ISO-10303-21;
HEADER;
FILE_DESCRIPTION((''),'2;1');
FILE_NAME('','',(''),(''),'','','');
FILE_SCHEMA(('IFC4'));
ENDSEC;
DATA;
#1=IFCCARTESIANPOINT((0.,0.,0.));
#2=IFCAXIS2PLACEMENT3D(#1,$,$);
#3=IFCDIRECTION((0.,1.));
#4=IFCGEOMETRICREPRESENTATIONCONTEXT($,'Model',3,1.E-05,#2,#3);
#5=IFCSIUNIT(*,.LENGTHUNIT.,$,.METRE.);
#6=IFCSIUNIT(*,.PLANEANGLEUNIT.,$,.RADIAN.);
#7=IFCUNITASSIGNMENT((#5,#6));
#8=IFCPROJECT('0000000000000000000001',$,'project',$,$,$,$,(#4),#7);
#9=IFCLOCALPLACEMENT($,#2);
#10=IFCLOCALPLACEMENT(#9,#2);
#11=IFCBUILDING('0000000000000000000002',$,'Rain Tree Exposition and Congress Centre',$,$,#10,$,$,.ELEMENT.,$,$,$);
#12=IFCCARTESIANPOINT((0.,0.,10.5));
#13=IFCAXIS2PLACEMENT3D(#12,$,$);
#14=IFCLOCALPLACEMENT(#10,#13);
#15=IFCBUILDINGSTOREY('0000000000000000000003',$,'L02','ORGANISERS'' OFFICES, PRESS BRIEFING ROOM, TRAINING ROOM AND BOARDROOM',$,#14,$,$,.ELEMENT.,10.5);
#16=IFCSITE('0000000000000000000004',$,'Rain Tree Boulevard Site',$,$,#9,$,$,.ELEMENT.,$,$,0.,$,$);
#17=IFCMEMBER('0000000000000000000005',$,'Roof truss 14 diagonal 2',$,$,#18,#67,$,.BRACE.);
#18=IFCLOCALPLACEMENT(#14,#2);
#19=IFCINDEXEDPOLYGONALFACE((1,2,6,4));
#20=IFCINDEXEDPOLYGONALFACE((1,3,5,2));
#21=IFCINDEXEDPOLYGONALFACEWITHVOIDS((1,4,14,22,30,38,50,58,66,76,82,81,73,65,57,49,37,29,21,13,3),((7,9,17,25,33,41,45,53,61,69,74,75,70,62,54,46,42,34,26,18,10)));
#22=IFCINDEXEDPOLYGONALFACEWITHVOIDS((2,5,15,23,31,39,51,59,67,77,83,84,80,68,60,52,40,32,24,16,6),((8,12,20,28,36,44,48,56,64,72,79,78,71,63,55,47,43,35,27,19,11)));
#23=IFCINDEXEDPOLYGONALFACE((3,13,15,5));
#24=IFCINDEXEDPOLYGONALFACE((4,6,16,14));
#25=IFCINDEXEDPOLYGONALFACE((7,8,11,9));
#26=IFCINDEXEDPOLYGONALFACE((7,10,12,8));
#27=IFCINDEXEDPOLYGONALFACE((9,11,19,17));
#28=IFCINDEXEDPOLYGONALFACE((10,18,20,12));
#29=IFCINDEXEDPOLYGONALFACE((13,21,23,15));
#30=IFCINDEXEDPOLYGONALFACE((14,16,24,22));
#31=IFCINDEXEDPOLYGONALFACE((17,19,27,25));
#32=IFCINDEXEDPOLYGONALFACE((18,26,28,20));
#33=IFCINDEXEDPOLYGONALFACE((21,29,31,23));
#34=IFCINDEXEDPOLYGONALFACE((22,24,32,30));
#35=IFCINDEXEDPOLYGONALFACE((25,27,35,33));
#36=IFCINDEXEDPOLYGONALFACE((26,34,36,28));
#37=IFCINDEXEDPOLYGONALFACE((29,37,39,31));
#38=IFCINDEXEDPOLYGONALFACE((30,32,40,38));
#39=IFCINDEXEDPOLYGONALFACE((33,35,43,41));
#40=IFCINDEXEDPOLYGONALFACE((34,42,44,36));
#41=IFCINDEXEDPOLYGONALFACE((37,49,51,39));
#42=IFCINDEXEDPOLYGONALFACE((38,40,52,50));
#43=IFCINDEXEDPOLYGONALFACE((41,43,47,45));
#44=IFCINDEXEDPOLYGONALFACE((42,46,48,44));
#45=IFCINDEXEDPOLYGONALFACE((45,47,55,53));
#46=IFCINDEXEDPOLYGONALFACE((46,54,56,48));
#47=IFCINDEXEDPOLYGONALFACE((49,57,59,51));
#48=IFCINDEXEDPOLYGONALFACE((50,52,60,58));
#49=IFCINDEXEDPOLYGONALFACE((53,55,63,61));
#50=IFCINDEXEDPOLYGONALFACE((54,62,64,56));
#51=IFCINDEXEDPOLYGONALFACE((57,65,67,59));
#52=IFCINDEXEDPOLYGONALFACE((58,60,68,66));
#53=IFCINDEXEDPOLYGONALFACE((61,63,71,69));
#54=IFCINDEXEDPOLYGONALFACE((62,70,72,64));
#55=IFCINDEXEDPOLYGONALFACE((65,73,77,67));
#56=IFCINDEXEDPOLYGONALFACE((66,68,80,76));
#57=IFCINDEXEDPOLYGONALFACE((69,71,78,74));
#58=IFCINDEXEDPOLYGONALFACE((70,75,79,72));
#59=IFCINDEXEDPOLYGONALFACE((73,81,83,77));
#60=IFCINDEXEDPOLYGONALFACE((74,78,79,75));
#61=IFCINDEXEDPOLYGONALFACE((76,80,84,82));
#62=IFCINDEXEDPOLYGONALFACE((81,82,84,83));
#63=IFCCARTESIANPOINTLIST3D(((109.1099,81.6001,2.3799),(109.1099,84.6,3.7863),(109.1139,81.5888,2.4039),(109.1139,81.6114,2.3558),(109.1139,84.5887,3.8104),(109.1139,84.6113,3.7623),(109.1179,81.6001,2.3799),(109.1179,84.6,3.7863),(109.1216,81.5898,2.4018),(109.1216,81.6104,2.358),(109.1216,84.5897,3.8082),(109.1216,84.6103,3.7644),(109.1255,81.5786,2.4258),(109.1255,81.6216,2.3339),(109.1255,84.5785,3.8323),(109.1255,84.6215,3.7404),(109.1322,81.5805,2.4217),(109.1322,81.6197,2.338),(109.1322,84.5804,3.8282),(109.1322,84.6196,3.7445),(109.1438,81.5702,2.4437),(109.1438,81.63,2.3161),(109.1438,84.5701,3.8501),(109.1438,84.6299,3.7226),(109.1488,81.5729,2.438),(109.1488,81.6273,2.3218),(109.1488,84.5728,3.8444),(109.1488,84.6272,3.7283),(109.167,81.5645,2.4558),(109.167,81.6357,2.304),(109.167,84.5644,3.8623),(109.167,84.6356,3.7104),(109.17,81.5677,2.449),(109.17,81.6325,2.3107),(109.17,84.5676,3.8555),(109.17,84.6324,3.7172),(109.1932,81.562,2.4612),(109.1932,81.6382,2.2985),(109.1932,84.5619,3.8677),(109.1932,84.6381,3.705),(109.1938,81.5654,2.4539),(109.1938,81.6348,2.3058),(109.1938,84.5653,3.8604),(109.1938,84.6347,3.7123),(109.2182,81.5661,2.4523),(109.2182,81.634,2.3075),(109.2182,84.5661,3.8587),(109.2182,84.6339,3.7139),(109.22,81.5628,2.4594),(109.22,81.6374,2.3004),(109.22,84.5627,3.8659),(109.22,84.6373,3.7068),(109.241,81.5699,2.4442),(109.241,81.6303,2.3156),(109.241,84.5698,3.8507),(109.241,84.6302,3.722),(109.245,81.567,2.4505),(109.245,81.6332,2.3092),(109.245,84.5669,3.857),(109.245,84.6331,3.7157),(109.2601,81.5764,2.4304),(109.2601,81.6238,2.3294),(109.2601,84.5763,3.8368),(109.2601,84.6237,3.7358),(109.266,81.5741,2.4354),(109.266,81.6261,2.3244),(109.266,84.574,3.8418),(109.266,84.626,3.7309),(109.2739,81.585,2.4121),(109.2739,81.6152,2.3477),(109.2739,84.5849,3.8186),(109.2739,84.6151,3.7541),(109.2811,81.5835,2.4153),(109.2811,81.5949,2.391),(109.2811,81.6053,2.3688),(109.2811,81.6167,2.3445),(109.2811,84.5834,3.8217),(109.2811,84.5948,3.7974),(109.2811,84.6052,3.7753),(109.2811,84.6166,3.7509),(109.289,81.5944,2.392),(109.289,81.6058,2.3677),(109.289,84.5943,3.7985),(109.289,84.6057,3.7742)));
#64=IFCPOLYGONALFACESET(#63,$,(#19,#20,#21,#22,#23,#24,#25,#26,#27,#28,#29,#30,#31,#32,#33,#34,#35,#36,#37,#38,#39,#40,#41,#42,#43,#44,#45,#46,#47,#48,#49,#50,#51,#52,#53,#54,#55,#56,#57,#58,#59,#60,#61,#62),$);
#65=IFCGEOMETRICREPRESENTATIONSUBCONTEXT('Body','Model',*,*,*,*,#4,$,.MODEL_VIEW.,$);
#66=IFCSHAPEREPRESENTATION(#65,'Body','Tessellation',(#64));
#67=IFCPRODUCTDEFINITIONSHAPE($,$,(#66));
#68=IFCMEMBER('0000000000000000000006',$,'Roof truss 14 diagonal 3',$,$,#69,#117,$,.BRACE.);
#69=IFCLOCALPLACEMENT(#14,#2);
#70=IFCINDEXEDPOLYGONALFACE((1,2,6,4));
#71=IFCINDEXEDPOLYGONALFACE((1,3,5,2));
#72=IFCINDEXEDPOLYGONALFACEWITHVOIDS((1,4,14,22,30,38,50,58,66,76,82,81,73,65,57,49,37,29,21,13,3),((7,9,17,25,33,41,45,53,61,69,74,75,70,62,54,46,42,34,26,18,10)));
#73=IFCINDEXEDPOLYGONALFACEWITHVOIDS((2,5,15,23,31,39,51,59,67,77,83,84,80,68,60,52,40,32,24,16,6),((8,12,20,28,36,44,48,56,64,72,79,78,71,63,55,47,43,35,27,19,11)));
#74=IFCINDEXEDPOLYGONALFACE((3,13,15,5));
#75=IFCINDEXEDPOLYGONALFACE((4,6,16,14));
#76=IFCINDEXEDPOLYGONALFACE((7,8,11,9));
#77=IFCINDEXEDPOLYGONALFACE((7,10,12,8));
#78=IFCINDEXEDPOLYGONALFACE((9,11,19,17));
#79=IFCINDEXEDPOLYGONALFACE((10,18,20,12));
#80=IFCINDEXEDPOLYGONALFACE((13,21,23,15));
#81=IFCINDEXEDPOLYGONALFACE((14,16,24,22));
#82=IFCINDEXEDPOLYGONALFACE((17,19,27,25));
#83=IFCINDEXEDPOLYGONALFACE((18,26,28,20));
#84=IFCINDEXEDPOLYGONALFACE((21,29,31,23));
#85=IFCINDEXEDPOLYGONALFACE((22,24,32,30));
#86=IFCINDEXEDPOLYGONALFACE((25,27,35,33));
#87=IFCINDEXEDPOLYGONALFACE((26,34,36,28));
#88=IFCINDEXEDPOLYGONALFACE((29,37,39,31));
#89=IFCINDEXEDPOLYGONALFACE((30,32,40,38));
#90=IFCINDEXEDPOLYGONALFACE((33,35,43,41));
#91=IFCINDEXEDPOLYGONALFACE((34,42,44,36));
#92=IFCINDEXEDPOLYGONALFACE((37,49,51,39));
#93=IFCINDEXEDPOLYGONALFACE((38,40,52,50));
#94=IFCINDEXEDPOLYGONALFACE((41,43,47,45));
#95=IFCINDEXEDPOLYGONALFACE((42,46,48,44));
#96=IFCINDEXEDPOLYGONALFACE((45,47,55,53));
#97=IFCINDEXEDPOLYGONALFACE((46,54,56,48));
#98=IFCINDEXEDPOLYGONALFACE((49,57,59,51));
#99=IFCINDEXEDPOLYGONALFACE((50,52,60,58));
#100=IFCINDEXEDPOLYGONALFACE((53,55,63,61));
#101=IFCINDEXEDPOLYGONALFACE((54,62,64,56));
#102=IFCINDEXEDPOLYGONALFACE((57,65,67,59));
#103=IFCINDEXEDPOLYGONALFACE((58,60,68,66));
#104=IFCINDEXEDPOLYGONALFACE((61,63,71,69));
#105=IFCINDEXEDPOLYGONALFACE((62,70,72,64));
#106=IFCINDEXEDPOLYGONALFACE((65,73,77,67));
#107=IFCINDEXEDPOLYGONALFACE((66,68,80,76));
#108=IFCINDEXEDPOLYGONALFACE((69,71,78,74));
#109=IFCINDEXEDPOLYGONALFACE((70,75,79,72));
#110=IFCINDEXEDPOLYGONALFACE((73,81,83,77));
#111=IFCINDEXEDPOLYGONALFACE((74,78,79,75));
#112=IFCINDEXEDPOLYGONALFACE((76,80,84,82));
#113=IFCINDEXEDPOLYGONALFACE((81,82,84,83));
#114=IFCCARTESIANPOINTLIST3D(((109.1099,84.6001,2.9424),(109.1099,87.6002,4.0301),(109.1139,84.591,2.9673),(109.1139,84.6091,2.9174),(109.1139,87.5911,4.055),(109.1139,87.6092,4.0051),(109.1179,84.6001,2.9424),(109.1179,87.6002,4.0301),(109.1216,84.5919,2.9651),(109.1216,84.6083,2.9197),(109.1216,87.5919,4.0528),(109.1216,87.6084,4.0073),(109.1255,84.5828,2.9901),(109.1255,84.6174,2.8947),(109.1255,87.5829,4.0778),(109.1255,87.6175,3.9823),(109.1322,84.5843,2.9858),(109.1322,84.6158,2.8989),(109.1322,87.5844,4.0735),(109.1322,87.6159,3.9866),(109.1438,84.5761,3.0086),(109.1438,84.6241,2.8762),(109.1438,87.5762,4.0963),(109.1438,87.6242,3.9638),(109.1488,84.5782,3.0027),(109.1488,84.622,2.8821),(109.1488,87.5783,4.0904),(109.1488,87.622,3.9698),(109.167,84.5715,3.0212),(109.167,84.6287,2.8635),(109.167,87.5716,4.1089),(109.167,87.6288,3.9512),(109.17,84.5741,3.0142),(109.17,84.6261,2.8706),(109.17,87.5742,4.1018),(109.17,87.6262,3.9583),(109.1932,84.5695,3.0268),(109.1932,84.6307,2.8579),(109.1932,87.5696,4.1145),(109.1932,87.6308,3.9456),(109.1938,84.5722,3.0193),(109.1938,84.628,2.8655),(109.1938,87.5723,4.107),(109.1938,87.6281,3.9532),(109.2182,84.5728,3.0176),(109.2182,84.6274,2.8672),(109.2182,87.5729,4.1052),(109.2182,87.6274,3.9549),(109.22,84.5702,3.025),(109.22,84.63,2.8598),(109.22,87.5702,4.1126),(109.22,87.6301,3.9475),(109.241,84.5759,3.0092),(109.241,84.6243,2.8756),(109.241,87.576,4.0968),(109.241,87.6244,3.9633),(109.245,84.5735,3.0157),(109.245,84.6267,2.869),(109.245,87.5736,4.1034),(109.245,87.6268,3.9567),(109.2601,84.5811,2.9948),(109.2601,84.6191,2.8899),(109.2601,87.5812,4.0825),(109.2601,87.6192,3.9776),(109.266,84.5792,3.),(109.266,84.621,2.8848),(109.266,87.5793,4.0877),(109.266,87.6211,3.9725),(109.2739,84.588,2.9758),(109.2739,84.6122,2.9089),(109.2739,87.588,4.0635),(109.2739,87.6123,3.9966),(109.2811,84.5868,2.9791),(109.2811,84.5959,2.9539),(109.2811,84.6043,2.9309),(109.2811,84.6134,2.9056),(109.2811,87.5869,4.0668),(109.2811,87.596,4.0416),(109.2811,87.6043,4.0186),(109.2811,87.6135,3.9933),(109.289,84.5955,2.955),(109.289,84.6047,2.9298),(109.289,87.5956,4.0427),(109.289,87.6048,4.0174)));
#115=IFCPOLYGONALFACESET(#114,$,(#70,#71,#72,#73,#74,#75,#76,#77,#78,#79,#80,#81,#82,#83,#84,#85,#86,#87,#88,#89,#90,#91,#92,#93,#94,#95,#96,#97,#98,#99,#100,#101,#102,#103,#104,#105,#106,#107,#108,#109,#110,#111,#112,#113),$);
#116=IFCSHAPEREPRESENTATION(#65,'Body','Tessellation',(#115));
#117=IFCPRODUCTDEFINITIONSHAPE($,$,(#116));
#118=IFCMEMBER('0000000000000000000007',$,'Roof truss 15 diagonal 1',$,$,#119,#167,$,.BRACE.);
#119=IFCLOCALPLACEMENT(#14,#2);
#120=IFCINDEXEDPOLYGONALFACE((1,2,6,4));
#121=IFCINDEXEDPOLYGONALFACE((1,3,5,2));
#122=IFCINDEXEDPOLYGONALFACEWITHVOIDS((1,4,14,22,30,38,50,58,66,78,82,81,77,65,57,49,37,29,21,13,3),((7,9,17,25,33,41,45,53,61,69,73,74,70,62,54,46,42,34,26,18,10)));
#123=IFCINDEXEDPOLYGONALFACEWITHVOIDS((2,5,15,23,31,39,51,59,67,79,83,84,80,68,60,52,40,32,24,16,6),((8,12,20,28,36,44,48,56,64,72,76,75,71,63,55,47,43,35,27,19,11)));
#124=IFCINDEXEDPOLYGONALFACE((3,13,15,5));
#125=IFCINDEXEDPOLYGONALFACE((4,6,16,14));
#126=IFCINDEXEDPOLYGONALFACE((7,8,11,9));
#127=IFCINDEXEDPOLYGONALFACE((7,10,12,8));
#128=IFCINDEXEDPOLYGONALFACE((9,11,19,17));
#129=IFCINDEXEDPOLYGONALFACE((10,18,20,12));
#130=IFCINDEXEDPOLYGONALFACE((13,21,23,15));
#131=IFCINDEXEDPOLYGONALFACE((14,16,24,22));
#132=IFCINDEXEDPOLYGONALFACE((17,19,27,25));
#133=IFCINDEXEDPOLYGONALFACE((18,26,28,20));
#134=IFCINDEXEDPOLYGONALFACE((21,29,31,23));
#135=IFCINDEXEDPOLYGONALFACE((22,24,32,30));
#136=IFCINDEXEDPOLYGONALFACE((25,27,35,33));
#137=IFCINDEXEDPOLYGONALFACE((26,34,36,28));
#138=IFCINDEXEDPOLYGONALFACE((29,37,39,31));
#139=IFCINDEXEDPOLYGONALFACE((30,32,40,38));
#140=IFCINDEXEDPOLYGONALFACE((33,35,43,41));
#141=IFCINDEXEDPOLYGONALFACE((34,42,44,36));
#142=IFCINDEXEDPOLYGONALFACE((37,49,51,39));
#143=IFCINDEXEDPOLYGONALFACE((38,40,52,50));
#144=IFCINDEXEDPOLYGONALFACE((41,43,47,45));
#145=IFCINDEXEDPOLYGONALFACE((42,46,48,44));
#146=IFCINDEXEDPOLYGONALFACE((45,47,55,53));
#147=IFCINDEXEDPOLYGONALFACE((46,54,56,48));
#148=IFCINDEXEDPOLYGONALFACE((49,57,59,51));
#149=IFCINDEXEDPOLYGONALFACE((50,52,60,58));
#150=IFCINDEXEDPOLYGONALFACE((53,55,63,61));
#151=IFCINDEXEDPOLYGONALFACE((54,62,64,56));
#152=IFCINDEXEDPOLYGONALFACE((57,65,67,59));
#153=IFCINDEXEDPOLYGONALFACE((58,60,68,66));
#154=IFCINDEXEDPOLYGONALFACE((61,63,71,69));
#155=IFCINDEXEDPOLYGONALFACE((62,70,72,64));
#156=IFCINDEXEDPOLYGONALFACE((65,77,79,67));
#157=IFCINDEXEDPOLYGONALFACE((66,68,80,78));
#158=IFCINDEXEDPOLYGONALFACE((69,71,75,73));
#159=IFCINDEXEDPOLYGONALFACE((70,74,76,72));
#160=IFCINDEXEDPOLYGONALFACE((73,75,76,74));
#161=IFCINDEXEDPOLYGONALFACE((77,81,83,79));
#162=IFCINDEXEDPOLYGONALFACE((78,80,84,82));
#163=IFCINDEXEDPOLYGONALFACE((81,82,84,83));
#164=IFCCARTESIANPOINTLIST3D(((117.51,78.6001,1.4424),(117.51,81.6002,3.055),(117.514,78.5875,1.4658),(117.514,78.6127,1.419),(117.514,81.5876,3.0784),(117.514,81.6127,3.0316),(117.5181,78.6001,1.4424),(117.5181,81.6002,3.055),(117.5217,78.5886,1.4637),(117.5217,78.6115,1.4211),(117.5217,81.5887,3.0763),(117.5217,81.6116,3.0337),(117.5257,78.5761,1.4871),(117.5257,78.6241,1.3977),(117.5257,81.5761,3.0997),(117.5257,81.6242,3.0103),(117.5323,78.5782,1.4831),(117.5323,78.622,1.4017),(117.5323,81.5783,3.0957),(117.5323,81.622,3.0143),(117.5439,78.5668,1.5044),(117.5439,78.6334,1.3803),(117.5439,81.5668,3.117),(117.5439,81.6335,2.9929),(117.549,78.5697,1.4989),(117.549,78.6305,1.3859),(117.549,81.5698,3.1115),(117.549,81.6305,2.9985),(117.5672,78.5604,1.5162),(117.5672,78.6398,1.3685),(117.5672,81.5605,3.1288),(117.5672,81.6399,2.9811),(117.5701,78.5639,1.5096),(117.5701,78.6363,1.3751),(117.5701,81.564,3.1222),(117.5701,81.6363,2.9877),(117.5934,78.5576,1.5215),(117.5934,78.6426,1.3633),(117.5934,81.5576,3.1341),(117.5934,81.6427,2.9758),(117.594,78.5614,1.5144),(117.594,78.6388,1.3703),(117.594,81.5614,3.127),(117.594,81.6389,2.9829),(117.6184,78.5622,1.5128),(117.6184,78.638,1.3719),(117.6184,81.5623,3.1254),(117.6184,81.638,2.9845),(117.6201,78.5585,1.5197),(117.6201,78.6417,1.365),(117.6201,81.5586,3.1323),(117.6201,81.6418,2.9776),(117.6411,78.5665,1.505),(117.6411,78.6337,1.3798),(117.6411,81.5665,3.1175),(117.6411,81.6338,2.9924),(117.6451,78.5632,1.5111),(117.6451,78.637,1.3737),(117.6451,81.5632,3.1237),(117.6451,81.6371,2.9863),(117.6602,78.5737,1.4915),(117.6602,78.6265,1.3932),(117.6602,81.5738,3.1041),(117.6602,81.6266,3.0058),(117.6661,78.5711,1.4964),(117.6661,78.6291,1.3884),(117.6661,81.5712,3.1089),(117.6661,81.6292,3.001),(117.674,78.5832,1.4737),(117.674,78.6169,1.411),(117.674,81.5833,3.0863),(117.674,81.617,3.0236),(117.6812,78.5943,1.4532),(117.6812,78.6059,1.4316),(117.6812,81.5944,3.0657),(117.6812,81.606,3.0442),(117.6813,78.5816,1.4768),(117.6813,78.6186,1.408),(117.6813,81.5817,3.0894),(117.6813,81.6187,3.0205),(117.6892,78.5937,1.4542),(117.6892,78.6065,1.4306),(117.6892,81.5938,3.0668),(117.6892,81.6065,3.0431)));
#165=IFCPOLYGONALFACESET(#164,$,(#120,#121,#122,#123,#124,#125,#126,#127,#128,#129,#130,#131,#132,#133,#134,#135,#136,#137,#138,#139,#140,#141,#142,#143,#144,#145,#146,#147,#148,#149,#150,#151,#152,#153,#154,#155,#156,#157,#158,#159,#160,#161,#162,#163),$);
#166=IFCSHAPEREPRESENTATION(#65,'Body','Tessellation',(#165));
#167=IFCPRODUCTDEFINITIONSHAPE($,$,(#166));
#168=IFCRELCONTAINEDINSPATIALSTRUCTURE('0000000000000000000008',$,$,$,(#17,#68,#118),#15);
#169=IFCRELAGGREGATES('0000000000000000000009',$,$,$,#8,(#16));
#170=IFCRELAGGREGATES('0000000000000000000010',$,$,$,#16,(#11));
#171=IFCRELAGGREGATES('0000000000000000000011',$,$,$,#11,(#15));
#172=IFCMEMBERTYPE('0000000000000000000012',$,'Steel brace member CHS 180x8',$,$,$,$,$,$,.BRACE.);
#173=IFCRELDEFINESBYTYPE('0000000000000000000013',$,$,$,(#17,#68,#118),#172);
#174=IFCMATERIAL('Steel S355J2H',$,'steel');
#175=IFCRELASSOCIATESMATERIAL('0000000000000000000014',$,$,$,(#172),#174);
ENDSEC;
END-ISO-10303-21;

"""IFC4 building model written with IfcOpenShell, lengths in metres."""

from ifc_helpers import new_model, si_unit, direction, frame, origin, origin_2d, place, context, subcontext, project, spatial, hollow_circle, extrude, material, material_profile, profile_set, type_object, element, save


model = new_model("IFC4")

# Units and contexts
model_context = context("Model", 3, precision=1e-05, world=origin(), true_north=direction((0.0, 1.0)))
body_context = subcontext(model_context, "Body", "Model", "MODEL_VIEW")
ifc_project = project(units=[si_unit("LENGTHUNIT", "METRE"), si_unit("PLANEANGLEUNIT", "RADIAN")], contexts=[model_context])

# Site, building, storey
site_placement = place(None, origin())
site = spatial("IfcSite", under=ifc_project, at=site_placement, Name="Rain Tree Boulevard Site", CompositionType="ELEMENT", RefElevation=0.0)
building_placement = place(site_placement, origin())
building = spatial("IfcBuilding", under=site, at=building_placement, Name="Rain Tree Exposition and Congress Centre", CompositionType="ELEMENT")
storey_placement = place(building_placement, frame((0.0, 0.0, 10.5)))
storey = spatial("IfcBuildingStorey", under=building, at=storey_placement, Name="L02", Description="ORGANISERS' OFFICES, PRESS BRIEFING ROOM, TRAINING ROOM AND BOARDROOM", CompositionType="ELEMENT", Elevation=10.5)

# Members
ifc_material_1 = material(Name="Steel S355J2H", Category="steel")
ifc_material_profile_1 = material_profile(ifc_material_1, hollow_circle(Radius=0.0901, WallThickness=0.0081, at=origin_2d()), Name="CHS 180x8")
ifc_profile_set_1 = profile_set([ifc_material_profile_1], Name="Steel S355J2H")
member_type_1 = type_object("IfcMemberType", Name="Steel brace member CHS 180x8", PredefinedType="BRACE", material=ifc_profile_set_1)
member_1_placement = place(storey_placement, frame((109.2, 81.6001, 2.3799), z_axis=(0.0, 0.905431, 0.424494), x_axis=(-1.0, 0.0, 0.0)))
element("IfcMember", 1, at=member_1_placement, inside=storey, type_object=member_type_1, Name="Roof truss 14 diagonal 2", PredefinedType="BRACE", context=body_context, shape_type="SweptSolid", body=[
    extrude(hollow_circle(Radius=0.0901, WallThickness=0.0081, at=origin_2d()), origin(), (0.0, 0.0, 1.0), 3.3132),
])
member_2_placement = place(storey_placement, frame((109.2, 84.6001, 2.9424), z_axis=(0.0, 0.940121, 0.34084), x_axis=(-1.0, 0.0, 0.0)))
element("IfcMember", 2, at=member_2_placement, inside=storey, type_object=member_type_1, Name="Roof truss 14 diagonal 3", PredefinedType="BRACE", context=body_context, shape_type="SweptSolid", body=[
    extrude(hollow_circle(Radius=0.0901, WallThickness=0.0081, at=origin_2d()), origin(), (0.0, 0.0, 1.0), 3.1912),
])
member_3_placement = place(storey_placement, frame((117.6001, 78.6001, 1.4424), z_axis=(0.0, 0.880818, 0.473454), x_axis=(-1.0, 0.0, 0.0)))
element("IfcMember", 3, at=member_3_placement, inside=storey, type_object=member_type_1, Name="Roof truss 15 diagonal 1", PredefinedType="BRACE", context=body_context, shape_type="SweptSolid", body=[
    extrude(hollow_circle(Radius=0.0901, WallThickness=0.0081, at=origin_2d()), origin(), (0.0, 0.0, 1.0), 3.406),
])

save(model, "model.ifc")
